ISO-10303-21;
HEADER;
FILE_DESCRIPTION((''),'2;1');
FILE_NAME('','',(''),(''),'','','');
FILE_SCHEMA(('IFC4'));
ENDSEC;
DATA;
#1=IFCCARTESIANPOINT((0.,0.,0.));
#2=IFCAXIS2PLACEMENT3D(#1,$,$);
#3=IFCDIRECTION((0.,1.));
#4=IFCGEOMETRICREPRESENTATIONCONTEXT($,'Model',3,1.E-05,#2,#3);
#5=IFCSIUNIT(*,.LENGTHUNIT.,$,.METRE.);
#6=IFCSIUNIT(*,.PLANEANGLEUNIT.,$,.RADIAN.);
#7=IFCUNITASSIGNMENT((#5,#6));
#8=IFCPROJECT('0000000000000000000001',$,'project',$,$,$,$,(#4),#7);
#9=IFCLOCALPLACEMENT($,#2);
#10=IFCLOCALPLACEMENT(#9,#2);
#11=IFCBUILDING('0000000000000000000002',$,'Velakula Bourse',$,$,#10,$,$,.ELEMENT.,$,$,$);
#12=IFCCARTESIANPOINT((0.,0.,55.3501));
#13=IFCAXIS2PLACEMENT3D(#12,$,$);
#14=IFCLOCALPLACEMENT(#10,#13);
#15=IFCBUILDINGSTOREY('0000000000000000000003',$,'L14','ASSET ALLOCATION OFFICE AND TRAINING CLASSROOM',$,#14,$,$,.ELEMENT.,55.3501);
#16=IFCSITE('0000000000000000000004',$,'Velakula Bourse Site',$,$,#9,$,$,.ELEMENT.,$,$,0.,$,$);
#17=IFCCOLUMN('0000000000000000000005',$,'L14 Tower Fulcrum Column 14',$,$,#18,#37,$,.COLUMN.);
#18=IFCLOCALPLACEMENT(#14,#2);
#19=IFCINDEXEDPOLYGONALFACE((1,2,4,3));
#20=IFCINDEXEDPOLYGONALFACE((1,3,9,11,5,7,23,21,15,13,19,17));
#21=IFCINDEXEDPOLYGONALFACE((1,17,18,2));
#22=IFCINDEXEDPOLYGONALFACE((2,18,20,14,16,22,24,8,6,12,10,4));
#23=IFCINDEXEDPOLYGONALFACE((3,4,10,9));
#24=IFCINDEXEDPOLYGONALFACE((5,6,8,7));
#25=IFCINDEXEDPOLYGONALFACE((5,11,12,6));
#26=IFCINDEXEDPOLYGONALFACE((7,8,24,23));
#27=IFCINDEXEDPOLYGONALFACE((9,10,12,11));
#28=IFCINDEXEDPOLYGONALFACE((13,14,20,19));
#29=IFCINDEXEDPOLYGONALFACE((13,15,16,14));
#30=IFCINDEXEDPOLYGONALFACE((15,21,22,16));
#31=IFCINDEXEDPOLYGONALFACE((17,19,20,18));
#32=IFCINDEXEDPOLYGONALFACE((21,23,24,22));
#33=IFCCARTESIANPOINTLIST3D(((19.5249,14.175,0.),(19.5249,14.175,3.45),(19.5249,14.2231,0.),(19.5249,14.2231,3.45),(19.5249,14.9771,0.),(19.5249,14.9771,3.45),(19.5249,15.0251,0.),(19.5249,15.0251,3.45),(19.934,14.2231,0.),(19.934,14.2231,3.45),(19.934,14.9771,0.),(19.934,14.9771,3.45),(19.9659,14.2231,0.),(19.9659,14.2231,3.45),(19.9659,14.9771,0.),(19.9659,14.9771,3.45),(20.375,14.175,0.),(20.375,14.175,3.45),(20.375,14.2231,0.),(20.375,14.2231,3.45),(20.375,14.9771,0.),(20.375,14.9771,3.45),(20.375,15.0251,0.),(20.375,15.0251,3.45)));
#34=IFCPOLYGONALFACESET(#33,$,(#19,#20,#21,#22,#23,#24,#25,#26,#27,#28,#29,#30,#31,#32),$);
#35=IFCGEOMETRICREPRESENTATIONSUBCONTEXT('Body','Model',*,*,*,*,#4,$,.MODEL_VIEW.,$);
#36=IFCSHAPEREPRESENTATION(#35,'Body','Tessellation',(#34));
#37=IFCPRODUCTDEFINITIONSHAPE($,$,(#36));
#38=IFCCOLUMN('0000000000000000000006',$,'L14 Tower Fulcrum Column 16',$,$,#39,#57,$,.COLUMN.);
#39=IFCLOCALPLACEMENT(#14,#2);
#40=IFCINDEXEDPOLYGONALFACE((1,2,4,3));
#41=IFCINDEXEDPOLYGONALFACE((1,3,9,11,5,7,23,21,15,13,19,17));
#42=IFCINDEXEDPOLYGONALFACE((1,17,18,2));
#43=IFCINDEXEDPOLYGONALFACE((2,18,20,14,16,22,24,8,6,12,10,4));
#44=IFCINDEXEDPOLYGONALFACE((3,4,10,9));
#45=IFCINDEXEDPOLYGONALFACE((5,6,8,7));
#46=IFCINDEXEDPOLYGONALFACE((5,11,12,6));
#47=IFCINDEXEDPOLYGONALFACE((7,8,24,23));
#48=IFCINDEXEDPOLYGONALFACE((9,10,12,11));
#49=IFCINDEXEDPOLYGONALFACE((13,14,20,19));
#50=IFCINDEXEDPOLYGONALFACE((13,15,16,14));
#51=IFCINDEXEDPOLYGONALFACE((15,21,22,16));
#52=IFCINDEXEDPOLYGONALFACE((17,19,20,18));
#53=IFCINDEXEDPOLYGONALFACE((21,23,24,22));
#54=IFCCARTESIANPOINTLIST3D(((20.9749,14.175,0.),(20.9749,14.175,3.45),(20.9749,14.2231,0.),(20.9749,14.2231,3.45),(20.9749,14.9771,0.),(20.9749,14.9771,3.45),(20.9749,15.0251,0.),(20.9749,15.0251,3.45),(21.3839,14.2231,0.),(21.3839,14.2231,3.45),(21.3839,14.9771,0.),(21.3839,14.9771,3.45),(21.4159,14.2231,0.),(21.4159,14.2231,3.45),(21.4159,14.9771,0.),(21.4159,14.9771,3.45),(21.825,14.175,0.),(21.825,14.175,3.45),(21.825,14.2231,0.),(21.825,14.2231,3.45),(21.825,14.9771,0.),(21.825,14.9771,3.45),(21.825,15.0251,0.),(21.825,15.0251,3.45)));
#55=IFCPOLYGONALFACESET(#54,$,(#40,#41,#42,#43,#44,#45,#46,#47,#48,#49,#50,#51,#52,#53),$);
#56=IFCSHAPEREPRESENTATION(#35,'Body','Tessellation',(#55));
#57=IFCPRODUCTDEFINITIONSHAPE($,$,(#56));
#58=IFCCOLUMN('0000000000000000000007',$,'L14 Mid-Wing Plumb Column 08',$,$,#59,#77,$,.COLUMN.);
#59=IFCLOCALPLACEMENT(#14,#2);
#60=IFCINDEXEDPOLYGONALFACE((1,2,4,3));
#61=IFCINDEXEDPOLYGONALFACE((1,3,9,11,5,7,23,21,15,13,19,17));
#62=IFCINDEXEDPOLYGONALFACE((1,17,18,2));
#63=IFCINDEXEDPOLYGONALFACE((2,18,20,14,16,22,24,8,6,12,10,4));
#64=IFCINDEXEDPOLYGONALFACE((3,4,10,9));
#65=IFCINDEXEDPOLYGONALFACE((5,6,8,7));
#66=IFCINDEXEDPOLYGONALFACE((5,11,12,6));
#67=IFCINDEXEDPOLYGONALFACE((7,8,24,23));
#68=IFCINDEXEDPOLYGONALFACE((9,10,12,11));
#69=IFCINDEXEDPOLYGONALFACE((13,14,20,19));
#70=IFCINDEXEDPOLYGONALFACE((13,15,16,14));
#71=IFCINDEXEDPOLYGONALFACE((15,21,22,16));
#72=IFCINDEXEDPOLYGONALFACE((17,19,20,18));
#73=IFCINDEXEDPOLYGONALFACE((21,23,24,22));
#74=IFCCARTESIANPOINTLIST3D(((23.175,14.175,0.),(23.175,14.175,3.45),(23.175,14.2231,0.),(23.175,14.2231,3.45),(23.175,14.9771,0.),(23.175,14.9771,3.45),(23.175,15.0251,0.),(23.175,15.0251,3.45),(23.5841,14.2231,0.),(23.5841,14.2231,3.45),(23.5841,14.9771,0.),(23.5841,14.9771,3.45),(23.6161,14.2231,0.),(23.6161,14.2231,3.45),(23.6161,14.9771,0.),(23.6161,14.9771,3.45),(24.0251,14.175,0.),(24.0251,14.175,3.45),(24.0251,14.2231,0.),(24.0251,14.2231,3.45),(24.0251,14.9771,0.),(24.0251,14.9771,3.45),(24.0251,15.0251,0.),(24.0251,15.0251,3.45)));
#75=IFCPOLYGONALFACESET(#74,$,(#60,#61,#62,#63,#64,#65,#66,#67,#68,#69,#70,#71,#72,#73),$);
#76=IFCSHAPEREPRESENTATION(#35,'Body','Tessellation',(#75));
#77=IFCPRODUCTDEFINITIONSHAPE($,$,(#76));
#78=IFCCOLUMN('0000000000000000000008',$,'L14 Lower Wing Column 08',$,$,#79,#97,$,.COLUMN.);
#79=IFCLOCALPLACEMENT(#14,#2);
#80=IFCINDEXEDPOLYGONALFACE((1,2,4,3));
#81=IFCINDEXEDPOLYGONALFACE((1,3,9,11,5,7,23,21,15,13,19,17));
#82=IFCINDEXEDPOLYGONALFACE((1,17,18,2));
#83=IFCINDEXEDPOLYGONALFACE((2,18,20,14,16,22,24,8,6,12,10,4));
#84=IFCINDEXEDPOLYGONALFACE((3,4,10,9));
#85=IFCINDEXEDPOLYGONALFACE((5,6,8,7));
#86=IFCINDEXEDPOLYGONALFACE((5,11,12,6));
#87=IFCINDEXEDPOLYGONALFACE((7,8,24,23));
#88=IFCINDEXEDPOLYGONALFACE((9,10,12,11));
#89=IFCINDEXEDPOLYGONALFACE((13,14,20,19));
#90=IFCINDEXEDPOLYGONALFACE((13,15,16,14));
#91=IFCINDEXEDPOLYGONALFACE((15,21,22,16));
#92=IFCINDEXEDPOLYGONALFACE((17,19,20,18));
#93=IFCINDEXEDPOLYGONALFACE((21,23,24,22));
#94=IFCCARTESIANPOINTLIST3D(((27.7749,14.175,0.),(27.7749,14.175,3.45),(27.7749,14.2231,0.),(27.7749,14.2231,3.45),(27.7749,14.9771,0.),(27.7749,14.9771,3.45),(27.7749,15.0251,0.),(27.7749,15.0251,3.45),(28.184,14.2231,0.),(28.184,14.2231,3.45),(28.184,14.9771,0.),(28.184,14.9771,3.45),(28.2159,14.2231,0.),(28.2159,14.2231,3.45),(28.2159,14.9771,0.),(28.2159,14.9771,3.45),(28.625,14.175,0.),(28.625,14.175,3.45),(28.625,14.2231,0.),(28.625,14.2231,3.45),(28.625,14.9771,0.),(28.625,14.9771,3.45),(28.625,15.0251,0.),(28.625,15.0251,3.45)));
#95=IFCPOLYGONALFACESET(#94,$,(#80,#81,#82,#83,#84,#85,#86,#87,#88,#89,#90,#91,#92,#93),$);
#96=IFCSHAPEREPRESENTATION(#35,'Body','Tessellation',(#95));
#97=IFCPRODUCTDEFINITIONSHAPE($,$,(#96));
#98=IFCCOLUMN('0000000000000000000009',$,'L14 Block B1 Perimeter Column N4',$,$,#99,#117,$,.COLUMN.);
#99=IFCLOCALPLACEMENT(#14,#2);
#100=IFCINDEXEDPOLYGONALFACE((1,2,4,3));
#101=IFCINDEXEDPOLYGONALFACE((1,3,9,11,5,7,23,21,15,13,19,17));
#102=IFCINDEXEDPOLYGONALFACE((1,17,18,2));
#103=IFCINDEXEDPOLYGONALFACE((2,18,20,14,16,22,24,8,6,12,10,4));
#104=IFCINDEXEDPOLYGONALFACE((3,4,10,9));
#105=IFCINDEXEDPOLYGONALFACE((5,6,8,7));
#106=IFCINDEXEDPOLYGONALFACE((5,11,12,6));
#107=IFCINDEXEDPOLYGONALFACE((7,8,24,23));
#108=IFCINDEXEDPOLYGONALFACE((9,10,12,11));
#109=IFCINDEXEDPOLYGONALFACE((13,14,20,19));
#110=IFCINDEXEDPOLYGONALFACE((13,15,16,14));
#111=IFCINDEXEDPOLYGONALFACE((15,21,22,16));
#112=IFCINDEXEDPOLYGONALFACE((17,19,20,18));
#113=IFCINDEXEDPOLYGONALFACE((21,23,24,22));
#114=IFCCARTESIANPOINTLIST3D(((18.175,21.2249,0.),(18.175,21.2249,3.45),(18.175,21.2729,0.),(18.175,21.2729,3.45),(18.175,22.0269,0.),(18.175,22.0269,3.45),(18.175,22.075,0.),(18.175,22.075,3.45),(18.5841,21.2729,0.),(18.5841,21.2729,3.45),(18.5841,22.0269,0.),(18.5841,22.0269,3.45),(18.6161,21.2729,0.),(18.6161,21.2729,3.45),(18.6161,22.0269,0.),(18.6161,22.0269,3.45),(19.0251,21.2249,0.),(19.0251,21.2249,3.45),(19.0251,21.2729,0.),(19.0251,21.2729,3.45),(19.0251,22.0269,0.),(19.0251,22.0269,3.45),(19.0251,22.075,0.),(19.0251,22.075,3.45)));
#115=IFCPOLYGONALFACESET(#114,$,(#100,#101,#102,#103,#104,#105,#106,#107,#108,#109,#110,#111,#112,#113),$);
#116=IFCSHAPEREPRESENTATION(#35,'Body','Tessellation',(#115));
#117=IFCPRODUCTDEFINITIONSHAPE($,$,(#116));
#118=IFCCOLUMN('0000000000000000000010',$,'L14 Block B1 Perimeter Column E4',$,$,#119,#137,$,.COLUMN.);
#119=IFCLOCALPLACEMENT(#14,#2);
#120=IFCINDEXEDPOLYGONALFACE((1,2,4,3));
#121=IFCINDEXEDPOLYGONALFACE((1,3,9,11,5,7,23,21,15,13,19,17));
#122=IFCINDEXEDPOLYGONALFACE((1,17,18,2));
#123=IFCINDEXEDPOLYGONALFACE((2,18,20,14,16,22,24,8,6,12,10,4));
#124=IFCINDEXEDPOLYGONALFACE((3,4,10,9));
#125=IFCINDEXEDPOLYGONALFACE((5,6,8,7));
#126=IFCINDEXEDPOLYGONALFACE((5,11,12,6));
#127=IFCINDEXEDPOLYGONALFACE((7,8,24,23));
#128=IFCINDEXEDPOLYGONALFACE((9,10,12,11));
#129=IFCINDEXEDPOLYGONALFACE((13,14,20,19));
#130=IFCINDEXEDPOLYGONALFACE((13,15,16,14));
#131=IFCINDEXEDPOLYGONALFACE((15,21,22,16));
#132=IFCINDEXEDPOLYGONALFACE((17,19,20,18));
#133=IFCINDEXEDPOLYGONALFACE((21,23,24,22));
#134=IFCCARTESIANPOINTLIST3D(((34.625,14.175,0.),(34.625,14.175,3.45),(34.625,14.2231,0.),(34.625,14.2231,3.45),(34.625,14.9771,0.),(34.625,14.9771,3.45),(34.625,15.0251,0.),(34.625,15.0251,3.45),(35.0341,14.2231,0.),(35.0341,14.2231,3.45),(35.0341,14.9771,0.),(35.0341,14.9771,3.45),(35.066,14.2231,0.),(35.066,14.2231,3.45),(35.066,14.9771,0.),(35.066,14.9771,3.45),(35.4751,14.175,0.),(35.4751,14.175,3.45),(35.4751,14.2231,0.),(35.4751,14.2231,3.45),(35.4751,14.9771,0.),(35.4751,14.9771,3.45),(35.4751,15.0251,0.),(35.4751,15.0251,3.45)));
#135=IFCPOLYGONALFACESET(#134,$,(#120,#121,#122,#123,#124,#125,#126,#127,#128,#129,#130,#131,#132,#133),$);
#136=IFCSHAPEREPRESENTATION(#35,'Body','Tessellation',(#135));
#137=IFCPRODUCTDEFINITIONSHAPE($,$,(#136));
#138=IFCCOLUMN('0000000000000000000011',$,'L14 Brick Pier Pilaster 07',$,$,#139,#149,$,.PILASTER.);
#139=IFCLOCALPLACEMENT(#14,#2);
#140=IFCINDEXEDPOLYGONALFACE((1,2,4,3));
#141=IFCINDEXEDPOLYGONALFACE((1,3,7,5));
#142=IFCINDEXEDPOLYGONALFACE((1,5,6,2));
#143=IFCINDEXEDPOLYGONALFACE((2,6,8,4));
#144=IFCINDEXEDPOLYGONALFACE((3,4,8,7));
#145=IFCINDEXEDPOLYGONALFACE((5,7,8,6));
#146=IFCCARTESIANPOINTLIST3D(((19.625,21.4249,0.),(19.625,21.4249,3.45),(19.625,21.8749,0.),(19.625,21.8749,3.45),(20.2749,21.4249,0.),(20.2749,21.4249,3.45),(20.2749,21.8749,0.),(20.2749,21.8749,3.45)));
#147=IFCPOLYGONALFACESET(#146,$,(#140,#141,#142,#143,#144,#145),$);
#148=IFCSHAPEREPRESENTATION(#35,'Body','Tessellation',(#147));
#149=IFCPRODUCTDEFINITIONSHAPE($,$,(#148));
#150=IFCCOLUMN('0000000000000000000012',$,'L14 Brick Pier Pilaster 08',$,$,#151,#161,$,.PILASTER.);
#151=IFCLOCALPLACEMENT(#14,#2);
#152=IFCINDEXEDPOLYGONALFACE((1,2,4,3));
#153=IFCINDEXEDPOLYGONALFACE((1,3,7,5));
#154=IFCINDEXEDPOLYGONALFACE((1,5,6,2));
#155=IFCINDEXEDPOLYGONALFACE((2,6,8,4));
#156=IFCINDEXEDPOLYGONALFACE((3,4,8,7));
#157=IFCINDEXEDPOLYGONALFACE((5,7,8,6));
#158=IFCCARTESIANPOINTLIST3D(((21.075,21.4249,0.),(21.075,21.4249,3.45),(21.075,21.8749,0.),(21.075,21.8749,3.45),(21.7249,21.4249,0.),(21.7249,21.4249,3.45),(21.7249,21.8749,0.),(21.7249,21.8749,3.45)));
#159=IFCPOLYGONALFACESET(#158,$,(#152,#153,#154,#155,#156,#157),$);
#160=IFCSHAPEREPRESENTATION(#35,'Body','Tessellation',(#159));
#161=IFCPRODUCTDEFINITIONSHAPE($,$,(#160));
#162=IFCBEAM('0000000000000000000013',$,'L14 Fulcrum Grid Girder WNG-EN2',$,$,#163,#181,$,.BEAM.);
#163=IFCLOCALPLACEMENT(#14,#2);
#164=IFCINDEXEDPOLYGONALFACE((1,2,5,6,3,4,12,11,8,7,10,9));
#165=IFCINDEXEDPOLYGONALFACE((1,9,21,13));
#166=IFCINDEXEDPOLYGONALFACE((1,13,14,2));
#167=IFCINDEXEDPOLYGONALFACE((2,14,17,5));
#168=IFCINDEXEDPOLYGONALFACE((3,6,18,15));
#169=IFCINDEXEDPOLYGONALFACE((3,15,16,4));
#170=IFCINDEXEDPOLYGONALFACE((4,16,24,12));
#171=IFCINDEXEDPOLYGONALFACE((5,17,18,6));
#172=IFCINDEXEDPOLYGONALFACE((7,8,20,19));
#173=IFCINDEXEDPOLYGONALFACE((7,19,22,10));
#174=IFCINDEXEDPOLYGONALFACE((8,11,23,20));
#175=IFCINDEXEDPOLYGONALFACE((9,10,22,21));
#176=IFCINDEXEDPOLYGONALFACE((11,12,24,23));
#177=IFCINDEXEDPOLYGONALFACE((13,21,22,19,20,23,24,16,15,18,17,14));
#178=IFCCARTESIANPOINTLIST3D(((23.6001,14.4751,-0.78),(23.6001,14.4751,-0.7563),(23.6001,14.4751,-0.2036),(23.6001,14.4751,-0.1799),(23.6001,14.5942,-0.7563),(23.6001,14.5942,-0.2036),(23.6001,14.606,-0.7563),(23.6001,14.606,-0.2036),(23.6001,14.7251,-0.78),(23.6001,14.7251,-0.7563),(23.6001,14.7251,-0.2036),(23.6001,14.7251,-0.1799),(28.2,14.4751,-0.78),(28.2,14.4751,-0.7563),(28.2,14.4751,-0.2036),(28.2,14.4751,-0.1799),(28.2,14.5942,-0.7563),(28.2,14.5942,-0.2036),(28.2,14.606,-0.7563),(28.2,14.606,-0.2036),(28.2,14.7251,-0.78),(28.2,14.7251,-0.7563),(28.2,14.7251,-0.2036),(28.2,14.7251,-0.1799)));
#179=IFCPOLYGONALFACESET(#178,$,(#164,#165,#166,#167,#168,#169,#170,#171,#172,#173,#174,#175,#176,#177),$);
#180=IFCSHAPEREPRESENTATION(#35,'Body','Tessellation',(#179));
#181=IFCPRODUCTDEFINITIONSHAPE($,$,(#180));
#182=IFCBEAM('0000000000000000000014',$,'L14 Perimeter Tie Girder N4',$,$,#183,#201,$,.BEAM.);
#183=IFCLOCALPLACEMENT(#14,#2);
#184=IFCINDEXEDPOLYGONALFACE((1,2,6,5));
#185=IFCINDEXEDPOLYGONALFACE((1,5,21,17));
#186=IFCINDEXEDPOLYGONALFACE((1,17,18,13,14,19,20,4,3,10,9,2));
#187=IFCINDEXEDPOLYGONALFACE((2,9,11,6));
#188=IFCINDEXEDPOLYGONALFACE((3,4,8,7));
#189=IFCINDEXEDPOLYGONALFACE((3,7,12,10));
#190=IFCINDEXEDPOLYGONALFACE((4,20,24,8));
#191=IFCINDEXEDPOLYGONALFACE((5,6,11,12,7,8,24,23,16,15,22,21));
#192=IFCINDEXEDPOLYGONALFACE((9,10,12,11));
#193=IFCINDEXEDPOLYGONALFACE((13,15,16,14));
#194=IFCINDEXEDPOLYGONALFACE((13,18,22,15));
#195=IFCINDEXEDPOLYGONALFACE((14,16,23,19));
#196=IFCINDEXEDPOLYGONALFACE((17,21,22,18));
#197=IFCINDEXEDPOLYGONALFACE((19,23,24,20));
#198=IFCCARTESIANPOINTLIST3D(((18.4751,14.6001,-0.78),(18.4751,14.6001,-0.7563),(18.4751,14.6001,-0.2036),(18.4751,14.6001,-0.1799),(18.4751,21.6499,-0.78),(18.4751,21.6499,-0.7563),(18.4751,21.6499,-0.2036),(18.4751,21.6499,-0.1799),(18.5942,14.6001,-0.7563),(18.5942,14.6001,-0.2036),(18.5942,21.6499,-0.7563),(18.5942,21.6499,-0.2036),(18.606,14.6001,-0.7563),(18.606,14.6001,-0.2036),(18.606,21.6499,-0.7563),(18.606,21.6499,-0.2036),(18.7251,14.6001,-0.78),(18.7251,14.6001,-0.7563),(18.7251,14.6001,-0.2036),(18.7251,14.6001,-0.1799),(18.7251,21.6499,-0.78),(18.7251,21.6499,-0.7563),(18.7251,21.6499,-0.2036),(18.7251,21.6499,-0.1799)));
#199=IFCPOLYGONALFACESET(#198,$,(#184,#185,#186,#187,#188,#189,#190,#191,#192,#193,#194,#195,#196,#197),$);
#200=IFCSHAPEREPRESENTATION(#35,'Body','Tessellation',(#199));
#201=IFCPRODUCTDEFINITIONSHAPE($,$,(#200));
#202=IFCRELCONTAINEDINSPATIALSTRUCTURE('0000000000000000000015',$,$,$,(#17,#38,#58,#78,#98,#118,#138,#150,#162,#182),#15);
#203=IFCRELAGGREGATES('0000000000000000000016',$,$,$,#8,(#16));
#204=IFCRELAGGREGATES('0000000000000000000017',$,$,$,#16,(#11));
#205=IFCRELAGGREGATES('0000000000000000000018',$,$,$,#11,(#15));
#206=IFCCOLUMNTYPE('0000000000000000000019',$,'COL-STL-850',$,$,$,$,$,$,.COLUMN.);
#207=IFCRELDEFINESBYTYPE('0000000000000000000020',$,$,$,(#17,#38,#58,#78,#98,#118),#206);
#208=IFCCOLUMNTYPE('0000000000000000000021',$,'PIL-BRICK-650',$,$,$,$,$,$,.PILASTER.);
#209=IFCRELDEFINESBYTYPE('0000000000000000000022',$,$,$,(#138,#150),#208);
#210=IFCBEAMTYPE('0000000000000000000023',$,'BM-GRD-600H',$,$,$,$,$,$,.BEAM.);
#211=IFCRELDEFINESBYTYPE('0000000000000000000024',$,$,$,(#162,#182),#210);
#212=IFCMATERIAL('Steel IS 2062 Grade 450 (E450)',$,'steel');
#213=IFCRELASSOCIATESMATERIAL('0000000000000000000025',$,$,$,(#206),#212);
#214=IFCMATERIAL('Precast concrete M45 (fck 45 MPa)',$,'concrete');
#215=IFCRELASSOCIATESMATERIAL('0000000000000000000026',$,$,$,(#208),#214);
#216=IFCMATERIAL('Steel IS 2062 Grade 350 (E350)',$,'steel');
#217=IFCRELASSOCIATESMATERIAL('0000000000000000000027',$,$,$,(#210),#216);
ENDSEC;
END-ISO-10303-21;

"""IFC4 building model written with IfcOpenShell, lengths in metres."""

from ifc_helpers import new_model, si_unit, direction, frame, origin, origin_2d, place, context, subcontext, project, spatial, rectangle, i_section, extrude, material, material_profile, profile_set, type_object, element, save


model = new_model("IFC4")

# Units and contexts
model_context = context("Model", 3, precision=1e-05, world=origin(), true_north=direction((0.0, 1.0)))
body_context = subcontext(model_context, "Body", "Model", "MODEL_VIEW")
ifc_project = project(units=[si_unit("LENGTHUNIT", "METRE"), si_unit("PLANEANGLEUNIT", "RADIAN")], contexts=[model_context])

# Site, building, storey
site_placement = place(None, origin())
site = spatial("IfcSite", under=ifc_project, at=site_placement, Name="Velakula Bourse Site", CompositionType="ELEMENT", RefElevation=0.0)
building_placement = place(site_placement, origin())
building = spatial("IfcBuilding", under=site, at=building_placement, Name="Velakula Bourse", CompositionType="ELEMENT")
storey_placement = place(building_placement, frame((0.0, 0.0, 55.3501)))
storey = spatial("IfcBuildingStorey", under=building, at=storey_placement, Name="L14", Description="ASSET ALLOCATION OFFICE AND TRAINING CLASSROOM", CompositionType="ELEMENT", Elevation=55.3501)

# Columns
ifc_material_1 = material(Name="Steel IS 2062 Grade 450 (E450)", Category="steel")
ifc_material_profile_1 = material_profile(ifc_material_1, i_section(OverallWidth=0.8501, OverallDepth=0.8501, WebThickness=0.032, FlangeThickness=0.0481, at=origin_2d()), Name="Steel IS 2062 Grade 450 (E450)")
ifc_profile_set_1 = profile_set([ifc_material_profile_1], Name="Steel IS 2062 Grade 450 (E450)")
column_type_1 = type_object("IfcColumnType", Name="COL-STL-850", PredefinedType="COLUMN", material=ifc_profile_set_1)
for number, where, z_axis, x_axis, name in (
    (1, (19.95, 14.6001, 0.0), (0.0, 0.0, 1.0), (1.0, 0.0, 0.0), "L14 Tower Fulcrum Column 14"),
    (2, (21.3999, 14.6001, 0.0), (0.0, 0.0, 1.0), (1.0, 0.0, 0.0), "L14 Tower Fulcrum Column 16"),
    (3, (23.6001, 14.6001, 0.0), (0.0, 0.0, 1.0), (1.0, 0.0, 0.0), "L14 Mid-Wing Plumb Column 08"),
    (4, (28.2, 14.6001, 0.0), (0.0, 0.0, 1.0), (1.0, 0.0, 0.0), "L14 Lower Wing Column 08"),
    (5, (18.6001, 21.6499, 0.0), (0.0, 0.0, 1.0), (1.0, 0.0, 0.0), "L14 Block B1 Perimeter Column N4"),
    (6, (35.05, 14.6001, 0.0), (0.0, 0.0, 1.0), (1.0, 0.0, 0.0), "L14 Block B1 Perimeter Column E4"),
):
    element("IfcColumn", number, at=place(storey_placement, frame(where, z_axis=z_axis, x_axis=x_axis)), inside=storey, type_object=column_type_1, Name=name, PredefinedType="COLUMN", context=body_context, shape_type="SweptSolid", body=[
        extrude(i_section(OverallWidth=0.8501, OverallDepth=0.8501, WebThickness=0.032, FlangeThickness=0.0481, at=origin_2d()), origin(), (0.0, 0.0, 1.0), 3.45),
    ])
ifc_material_2 = material(Name="Precast concrete M45 (fck 45 MPa)", Category="concrete")
ifc_material_profile_2 = material_profile(ifc_material_2, rectangle(XDim=0.6499, YDim=0.45, at=origin_2d()), Name="Precast concrete M45 (fck 45 MPa)")
ifc_profile_set_2 = profile_set([ifc_material_profile_2], Name="Precast concrete M45 (fck 45 MPa)")
column_type_2 = type_object("IfcColumnType", Name="PIL-BRICK-650", PredefinedType="PILASTER", material=ifc_profile_set_2)
for number, where, z_axis, x_axis, name in (
    (7, (19.95, 21.6499, 0.0), (0.0, 0.0, 1.0), (1.0, 0.0, 0.0), "L14 Brick Pier Pilaster 07"),
    (8, (21.3999, 21.6499, 0.0), (0.0, 0.0, 1.0), (1.0, 0.0, 0.0), "L14 Brick Pier Pilaster 08"),
):
    element("IfcColumn", number, at=place(storey_placement, frame(where, z_axis=z_axis, x_axis=x_axis)), inside=storey, type_object=column_type_2, Name=name, PredefinedType="PILASTER", context=body_context, shape_type="SweptSolid", body=[
        extrude(rectangle(XDim=0.6499, YDim=0.45, at=origin_2d()), origin(), (0.0, 0.0, 1.0), 3.45),
    ])

# Beams
ifc_material_3 = material(Name="Steel IS 2062 Grade 350 (E350)", Category="steel")
ifc_material_profile_3 = material_profile(ifc_material_3, i_section(OverallWidth=0.25, OverallDepth=0.6001, WebThickness=0.0117, FlangeThickness=0.0237, at=origin_2d()), Name="Steel IS 2062 Grade 350 (E350)")
ifc_profile_set_3 = profile_set([ifc_material_profile_3], Name="Steel IS 2062 Grade 350 (E350)")
beam_type_1 = type_object("IfcBeamType", Name="BM-GRD-600H", PredefinedType="BEAM", material=ifc_profile_set_3)
beam_1_placement = place(storey_placement, frame((23.6001, 14.6001, -0.48), z_axis=(1.0, 0.0, 0.0), x_axis=(0.0, 1.0, 0.0)))
element("IfcBeam", 9, at=beam_1_placement, inside=storey, type_object=beam_type_1, Name="L14 Fulcrum Grid Girder WNG-EN2", PredefinedType="BEAM", context=body_context, shape_type="SweptSolid", body=[
    extrude(i_section(OverallWidth=0.25, OverallDepth=0.6001, WebThickness=0.0117, FlangeThickness=0.0237, at=origin_2d()), origin(), (0.0, 0.0, 1.0), 4.5999),
])
beam_2_placement = place(storey_placement, frame((18.6001, 14.6001, -0.48), z_axis=(0.0, 1.0, 0.0), x_axis=(-1.0, 0.0, 0.0)))
element("IfcBeam", 10, at=beam_2_placement, inside=storey, type_object=beam_type_1, Name="L14 Perimeter Tie Girder N4", PredefinedType="BEAM", context=body_context, shape_type="SweptSolid", body=[
    extrude(i_section(OverallWidth=0.25, OverallDepth=0.6001, WebThickness=0.0117, FlangeThickness=0.0237, at=origin_2d()), origin(), (0.0, 0.0, 1.0), 7.0498),
])

save(model, "model.ifc")
